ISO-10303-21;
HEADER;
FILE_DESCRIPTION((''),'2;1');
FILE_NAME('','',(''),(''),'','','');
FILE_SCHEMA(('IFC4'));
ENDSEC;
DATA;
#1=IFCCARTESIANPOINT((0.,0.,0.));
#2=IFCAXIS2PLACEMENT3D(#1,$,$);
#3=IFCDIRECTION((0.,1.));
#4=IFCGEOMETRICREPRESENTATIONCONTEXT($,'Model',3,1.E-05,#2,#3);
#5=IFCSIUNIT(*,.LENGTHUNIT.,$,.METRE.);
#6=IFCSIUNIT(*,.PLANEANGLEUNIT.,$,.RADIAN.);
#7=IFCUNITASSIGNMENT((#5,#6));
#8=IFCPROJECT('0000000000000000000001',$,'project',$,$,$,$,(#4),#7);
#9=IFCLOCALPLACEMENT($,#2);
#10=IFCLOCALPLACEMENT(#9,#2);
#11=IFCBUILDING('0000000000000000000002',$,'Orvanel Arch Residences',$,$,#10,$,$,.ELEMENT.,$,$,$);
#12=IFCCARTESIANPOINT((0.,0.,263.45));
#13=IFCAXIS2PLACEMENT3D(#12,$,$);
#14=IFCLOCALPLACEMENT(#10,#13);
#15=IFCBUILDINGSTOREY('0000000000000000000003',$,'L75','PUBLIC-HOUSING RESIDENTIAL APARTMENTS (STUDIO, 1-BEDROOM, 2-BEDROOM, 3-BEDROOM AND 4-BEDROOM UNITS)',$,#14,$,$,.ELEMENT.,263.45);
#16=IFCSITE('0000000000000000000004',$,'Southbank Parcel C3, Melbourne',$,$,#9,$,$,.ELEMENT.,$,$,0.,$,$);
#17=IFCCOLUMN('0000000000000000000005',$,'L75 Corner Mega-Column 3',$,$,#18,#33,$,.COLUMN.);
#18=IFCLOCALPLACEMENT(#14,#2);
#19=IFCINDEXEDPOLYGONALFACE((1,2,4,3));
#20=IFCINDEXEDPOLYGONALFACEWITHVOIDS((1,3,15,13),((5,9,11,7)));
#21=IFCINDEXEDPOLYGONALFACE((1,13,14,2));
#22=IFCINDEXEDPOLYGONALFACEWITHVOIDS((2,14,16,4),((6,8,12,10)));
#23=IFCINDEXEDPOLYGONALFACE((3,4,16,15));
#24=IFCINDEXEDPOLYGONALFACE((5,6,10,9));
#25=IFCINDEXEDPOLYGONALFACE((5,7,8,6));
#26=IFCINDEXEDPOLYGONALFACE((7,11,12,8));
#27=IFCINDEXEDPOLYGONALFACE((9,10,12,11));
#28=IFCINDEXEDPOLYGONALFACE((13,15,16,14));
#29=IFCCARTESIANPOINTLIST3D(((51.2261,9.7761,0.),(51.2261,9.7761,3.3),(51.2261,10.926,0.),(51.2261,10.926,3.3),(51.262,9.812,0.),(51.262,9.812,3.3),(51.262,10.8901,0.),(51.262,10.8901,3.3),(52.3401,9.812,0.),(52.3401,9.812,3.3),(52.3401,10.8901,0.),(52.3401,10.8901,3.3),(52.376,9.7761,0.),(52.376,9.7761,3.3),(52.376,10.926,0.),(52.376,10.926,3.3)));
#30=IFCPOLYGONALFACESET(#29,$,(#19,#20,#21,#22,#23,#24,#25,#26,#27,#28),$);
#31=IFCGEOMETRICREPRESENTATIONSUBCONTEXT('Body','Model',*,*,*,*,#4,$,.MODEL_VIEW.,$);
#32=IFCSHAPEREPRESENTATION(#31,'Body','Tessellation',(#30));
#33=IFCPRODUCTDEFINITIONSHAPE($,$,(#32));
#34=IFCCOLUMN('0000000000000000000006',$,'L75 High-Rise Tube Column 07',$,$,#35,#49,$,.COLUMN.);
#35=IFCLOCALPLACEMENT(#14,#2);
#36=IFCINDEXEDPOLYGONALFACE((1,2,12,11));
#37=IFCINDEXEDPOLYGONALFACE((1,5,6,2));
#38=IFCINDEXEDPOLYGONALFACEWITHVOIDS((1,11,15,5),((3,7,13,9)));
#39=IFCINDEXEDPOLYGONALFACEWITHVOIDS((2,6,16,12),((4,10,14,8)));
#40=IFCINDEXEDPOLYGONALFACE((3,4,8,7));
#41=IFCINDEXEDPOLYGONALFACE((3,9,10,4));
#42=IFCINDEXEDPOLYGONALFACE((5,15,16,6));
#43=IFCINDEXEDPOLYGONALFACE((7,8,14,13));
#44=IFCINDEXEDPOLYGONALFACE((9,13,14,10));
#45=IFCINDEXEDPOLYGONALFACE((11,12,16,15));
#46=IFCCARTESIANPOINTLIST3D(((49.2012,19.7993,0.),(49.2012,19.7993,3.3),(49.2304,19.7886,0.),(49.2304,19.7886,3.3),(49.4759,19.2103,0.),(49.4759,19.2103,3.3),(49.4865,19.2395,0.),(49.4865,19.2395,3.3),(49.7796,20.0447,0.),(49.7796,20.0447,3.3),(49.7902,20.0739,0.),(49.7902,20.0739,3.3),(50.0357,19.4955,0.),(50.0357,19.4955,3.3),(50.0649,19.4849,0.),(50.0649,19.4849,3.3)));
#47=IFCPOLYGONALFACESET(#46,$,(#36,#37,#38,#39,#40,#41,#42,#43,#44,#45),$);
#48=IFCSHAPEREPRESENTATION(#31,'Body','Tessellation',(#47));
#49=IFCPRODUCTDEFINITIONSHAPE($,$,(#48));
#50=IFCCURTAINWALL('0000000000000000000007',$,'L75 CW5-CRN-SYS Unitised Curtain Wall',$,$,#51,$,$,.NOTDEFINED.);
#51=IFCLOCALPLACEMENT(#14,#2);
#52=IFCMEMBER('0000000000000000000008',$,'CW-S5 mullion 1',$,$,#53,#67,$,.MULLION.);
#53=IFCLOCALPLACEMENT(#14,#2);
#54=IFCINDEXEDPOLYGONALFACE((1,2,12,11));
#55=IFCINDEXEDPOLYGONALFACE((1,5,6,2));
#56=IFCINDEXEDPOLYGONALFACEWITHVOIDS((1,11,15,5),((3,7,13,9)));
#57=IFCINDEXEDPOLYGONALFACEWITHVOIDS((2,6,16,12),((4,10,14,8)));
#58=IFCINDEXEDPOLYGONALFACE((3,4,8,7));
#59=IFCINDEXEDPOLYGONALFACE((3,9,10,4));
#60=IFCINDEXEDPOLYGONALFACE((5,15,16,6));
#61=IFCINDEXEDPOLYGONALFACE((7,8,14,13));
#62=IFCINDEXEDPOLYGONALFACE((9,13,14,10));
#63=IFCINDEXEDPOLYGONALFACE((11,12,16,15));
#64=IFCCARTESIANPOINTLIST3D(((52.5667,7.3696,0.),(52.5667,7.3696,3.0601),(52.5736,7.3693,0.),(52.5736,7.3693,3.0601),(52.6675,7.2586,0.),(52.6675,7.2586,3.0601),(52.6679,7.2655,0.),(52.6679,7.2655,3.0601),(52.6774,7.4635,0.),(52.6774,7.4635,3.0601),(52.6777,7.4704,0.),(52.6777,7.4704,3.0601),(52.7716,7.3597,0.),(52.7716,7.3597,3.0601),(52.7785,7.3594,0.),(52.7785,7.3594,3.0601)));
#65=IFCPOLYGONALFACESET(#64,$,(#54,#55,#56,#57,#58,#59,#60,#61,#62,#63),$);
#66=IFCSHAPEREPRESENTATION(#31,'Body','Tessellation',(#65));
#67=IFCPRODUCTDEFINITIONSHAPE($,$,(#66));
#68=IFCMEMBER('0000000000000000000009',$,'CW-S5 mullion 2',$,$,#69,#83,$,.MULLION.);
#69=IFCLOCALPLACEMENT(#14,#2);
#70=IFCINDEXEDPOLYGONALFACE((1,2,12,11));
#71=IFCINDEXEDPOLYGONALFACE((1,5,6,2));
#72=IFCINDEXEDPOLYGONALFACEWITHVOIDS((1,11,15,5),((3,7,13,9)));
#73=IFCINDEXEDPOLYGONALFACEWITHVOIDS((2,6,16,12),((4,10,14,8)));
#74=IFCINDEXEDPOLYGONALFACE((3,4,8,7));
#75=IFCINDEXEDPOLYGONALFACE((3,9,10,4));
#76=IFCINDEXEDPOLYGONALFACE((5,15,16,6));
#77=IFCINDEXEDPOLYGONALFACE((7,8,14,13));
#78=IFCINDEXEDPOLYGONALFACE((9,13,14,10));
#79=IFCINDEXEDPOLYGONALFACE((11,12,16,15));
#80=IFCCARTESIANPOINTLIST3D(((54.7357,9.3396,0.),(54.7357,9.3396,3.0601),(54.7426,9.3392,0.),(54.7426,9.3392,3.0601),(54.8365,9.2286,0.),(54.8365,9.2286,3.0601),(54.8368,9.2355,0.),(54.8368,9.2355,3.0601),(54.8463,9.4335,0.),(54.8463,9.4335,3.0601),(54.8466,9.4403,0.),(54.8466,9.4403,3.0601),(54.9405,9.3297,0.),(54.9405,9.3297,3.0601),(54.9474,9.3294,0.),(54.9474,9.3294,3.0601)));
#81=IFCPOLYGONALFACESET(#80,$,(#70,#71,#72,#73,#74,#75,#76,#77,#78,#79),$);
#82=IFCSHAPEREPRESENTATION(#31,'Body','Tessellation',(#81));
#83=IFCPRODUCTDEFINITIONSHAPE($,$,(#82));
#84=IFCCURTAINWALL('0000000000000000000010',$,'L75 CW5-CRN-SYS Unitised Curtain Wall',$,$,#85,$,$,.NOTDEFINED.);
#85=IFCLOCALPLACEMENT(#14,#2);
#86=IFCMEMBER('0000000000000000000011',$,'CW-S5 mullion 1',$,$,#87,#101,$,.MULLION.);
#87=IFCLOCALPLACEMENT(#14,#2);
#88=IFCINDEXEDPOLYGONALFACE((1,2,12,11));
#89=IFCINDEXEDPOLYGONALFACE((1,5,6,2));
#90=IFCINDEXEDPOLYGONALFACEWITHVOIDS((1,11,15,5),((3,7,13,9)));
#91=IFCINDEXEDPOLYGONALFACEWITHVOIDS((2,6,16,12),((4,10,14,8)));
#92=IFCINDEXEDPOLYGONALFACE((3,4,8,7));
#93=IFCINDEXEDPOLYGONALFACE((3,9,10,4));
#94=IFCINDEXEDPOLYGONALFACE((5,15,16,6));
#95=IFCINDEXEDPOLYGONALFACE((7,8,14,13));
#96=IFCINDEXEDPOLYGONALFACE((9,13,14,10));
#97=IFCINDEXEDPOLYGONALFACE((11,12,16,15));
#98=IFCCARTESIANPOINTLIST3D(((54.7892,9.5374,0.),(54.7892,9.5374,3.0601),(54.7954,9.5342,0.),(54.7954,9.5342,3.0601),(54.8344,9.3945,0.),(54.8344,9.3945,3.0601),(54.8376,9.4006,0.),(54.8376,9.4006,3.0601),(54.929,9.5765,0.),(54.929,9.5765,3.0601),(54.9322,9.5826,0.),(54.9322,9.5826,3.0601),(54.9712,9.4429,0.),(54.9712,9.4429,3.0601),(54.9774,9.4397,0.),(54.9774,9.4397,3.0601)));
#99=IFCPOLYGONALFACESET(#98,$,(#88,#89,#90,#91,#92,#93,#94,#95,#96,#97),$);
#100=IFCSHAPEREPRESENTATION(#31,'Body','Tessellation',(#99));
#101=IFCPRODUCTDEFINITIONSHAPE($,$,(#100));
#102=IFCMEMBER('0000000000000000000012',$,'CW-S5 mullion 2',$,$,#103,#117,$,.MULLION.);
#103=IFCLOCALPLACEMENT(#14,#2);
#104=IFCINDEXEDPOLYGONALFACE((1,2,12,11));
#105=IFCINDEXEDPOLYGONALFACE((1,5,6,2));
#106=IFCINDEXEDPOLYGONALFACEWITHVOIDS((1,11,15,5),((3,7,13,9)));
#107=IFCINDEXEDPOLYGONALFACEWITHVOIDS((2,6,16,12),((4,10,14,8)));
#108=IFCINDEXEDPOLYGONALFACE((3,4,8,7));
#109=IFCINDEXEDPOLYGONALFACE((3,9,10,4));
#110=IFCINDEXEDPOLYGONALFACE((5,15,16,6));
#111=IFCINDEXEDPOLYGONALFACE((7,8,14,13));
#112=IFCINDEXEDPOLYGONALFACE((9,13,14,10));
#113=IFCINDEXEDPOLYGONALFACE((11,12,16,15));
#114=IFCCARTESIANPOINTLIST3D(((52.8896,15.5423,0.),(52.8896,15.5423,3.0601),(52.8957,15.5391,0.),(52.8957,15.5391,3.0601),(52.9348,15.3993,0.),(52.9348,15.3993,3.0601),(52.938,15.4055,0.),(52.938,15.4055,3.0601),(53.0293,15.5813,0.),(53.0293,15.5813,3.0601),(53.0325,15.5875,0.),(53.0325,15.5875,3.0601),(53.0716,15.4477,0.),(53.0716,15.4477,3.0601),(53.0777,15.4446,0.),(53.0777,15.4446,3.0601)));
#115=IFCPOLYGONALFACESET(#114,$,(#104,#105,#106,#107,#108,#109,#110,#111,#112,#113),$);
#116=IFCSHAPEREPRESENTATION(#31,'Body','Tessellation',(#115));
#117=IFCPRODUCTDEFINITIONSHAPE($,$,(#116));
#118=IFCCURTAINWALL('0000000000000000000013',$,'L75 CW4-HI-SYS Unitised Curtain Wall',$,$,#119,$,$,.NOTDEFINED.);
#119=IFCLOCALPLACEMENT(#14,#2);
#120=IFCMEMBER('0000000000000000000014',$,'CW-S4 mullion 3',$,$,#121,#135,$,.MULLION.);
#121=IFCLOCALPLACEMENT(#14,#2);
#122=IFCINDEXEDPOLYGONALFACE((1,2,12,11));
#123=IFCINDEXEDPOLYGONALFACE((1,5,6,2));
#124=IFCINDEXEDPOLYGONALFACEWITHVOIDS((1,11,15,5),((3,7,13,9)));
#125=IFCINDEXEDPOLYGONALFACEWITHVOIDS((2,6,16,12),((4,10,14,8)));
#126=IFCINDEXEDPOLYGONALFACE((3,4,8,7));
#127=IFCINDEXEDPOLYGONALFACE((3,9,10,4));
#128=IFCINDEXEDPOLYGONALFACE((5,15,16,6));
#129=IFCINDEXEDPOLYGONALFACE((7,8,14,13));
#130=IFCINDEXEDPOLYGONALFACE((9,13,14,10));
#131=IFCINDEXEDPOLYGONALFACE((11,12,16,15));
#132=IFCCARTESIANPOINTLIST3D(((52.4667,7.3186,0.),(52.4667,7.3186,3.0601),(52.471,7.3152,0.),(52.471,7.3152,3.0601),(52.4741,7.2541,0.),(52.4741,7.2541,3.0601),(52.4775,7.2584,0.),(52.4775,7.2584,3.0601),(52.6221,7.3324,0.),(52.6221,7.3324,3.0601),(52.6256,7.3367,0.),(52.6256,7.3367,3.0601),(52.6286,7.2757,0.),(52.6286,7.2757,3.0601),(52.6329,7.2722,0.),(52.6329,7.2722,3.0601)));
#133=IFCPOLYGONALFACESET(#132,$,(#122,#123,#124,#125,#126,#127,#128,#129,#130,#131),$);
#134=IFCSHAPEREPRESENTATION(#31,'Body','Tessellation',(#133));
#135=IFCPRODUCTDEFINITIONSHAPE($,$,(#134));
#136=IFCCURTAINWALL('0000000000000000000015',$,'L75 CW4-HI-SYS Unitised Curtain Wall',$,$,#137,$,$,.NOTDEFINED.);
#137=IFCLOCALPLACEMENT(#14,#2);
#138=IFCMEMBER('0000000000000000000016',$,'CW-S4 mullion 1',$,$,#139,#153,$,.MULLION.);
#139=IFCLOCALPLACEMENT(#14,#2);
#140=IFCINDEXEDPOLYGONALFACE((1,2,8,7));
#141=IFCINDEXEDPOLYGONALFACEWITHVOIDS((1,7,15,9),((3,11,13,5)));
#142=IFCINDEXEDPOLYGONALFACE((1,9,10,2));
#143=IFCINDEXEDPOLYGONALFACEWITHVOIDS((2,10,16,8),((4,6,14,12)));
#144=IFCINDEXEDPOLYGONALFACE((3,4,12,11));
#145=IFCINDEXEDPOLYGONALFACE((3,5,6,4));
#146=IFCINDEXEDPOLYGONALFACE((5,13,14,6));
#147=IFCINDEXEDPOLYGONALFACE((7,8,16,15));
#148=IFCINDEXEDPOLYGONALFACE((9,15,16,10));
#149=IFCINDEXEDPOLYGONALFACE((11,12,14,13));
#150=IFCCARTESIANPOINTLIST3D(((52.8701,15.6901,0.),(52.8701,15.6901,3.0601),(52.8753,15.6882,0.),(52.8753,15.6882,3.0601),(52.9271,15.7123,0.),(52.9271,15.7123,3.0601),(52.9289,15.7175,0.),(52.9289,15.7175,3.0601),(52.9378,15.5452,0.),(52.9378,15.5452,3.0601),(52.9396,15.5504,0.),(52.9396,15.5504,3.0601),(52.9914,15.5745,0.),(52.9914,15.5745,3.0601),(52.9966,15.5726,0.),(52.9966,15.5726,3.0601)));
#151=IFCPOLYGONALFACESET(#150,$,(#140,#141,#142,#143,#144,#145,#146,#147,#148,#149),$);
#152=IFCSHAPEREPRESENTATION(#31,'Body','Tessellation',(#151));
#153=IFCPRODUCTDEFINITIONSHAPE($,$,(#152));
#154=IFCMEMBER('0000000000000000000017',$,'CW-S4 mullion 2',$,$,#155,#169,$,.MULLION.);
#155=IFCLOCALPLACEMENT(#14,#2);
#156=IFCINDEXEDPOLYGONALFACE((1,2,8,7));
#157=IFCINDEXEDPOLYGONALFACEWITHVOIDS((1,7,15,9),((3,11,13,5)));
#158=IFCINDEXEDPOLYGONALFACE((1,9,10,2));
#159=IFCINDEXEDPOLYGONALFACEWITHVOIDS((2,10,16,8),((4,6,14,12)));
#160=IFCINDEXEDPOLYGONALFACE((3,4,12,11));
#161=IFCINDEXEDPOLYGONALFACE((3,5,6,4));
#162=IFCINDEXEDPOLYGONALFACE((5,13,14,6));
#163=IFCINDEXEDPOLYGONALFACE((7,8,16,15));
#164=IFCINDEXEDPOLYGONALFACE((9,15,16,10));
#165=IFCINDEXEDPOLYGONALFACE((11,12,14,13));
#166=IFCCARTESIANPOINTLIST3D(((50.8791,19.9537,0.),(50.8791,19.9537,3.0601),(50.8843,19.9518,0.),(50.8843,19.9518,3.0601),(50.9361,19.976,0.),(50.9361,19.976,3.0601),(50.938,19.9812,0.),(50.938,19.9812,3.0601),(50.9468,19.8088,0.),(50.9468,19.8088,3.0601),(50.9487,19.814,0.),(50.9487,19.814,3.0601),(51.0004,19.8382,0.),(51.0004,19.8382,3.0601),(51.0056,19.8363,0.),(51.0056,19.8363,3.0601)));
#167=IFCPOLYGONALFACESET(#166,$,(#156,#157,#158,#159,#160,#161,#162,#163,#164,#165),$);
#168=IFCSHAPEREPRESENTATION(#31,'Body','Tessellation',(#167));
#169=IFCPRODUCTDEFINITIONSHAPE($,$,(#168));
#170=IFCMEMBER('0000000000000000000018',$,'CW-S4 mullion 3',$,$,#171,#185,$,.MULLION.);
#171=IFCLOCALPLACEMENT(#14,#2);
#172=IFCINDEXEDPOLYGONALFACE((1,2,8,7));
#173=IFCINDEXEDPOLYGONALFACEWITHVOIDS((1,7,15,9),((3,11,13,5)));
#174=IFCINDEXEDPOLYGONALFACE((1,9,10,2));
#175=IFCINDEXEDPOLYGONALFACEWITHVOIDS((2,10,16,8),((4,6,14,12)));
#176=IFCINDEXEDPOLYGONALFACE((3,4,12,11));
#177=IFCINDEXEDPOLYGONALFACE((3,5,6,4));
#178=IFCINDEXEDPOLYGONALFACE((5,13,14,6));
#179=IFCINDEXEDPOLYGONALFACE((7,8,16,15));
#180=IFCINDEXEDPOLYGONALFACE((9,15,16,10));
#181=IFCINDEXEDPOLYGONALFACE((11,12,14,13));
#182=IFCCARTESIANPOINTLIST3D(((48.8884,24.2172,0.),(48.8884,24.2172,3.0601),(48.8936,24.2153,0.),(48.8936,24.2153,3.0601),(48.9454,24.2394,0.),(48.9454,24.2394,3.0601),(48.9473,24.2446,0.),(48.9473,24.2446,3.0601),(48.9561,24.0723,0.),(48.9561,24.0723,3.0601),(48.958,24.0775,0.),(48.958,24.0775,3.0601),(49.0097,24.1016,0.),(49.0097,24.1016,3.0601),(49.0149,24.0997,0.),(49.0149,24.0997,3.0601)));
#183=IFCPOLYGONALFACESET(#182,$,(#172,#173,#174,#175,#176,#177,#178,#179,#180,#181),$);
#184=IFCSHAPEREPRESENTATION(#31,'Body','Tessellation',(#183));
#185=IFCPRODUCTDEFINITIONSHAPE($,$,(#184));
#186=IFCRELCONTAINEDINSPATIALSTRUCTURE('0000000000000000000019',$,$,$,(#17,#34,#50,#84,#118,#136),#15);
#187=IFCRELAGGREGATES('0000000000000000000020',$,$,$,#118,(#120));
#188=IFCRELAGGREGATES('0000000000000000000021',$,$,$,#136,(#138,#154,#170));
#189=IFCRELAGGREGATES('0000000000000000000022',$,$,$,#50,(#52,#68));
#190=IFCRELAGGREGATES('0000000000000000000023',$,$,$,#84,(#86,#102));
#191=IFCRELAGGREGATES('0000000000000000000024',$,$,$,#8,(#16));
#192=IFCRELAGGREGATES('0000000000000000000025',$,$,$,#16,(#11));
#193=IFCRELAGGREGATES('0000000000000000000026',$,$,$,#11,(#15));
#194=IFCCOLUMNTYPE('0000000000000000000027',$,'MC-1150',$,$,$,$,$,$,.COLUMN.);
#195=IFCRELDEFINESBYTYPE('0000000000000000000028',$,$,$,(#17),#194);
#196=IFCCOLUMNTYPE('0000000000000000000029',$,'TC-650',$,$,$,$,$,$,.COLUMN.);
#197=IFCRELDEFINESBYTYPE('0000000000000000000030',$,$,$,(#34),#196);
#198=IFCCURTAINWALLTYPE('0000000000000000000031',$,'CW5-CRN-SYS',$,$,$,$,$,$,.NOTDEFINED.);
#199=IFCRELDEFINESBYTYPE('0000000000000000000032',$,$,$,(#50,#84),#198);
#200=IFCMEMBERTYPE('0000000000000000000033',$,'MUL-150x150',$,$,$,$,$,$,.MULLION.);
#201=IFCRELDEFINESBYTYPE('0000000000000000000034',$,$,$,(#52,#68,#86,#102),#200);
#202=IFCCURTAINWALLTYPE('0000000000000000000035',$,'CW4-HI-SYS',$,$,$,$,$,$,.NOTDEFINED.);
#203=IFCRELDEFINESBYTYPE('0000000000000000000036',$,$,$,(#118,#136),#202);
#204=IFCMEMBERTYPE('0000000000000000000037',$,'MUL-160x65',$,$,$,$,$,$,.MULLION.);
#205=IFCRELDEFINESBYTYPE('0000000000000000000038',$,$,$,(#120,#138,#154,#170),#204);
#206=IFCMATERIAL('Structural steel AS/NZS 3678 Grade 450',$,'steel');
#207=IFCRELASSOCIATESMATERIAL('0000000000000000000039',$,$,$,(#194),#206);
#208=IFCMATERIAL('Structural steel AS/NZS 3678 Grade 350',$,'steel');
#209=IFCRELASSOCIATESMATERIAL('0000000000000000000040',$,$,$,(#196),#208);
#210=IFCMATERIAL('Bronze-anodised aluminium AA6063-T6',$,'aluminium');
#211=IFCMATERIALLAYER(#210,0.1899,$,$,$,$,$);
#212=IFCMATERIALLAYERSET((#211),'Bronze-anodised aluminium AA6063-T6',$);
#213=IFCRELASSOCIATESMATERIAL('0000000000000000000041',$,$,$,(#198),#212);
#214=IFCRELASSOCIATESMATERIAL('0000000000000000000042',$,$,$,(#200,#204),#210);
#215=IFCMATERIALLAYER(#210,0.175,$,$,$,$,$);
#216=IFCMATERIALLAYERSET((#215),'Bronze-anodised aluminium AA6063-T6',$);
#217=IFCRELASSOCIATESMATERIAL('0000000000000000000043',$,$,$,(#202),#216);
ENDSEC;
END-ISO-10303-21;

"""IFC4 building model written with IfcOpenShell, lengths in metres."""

from ifc_helpers import new_model, si_unit, direction, frame, origin, origin_2d, place, context, subcontext, project, spatial, hollow_rectangle, extrude, material, layer, layer_set, material_profile, profile_set, type_object, element, aggregate, save


model = new_model("IFC4")

# Units and contexts
model_context = context("Model", 3, precision=1e-05, world=origin(), true_north=direction((0.0, 1.0)))
body_context = subcontext(model_context, "Body", "Model", "MODEL_VIEW")
ifc_project = project(units=[si_unit("LENGTHUNIT", "METRE"), si_unit("PLANEANGLEUNIT", "RADIAN")], contexts=[model_context])

# Site, building, storey
site_placement = place(None, origin())
site = spatial("IfcSite", under=ifc_project, at=site_placement, Name="Southbank Parcel C3, Melbourne", CompositionType="ELEMENT", RefElevation=0.0)
building_placement = place(site_placement, origin())
building = spatial("IfcBuilding", under=site, at=building_placement, Name="Orvanel Arch Residences", CompositionType="ELEMENT")
storey_placement = place(building_placement, frame((0.0, 0.0, 263.45)))
storey = spatial("IfcBuildingStorey", under=building, at=storey_placement, Name="L75", Description="PUBLIC-HOUSING RESIDENTIAL APARTMENTS (STUDIO, 1-BEDROOM, 2-BEDROOM, 3-BEDROOM AND 4-BEDROOM UNITS)", CompositionType="ELEMENT", Elevation=263.45)

# Columns
ifc_material_1 = material(Name="Structural steel AS/NZS 3678 Grade 450", Category="steel")
ifc_material_profile_1 = material_profile(ifc_material_1, hollow_rectangle(XDim=1.1499, YDim=1.1499, WallThickness=0.0359, at=origin_2d()), Name="BOX1150x1150x36")
ifc_profile_set_1 = profile_set([ifc_material_profile_1], Name="Structural steel AS/NZS 3678 Grade 450")
column_type_1 = type_object("IfcColumnType", Name="MC-1150", PredefinedType="COLUMN", material=ifc_profile_set_1)
column_1_placement = place(storey_placement, frame((51.801, 10.3511, 0.0), z_axis=(0.0, 0.0, 1.0), x_axis=(1.0, 0.0, 0.0)))
element("IfcColumn", 1, at=column_1_placement, inside=storey, type_object=column_type_1, Name="L75 Corner Mega-Column 3", PredefinedType="COLUMN", context=body_context, shape_type="SweptSolid", body=[
    extrude(hollow_rectangle(XDim=1.1499, YDim=1.1499, WallThickness=0.0359, at=origin_2d()), origin(), (0.0, 0.0, 1.0), 3.3),
])
ifc_material_2 = material(Name="Structural steel AS/NZS 3678 Grade 350", Category="steel")
ifc_material_profile_2 = material_profile(ifc_material_2, hollow_rectangle(XDim=0.6499, YDim=0.6499, WallThickness=0.022, at=origin_2d()), Name="BOX650x650x22")
ifc_profile_set_2 = profile_set([ifc_material_profile_2], Name="Structural steel AS/NZS 3678 Grade 350")
column_type_2 = type_object("IfcColumnType", Name="TC-650", PredefinedType="COLUMN", material=ifc_profile_set_2)
column_2_placement = place(storey_placement, frame((49.6331, 19.6421, 0.0), z_axis=(0.0, 0.0, 1.0), x_axis=(-0.422618, 0.906308, 0.0)))
element("IfcColumn", 2, at=column_2_placement, inside=storey, type_object=column_type_2, Name="L75 High-Rise Tube Column 07", PredefinedType="COLUMN", context=body_context, shape_type="SweptSolid", body=[
    extrude(hollow_rectangle(XDim=0.6499, YDim=0.6499, WallThickness=0.022, at=origin_2d()), origin(), (0.0, 0.0, 1.0), 3.3),
])

# Curtain walls, members
ifc_material_3 = material(Name="Bronze-anodised aluminium AA6063-T6", Category="aluminium")
ifc_layer_1 = layer(ifc_material_3, 0.1899)
ifc_layer_set_1 = layer_set([ifc_layer_1], Name="Bronze-anodised aluminium AA6063-T6")
curtain_wall_type_1 = type_object("IfcCurtainWallType", Name="CW5-CRN-SYS", PredefinedType="NOTDEFINED", material=ifc_layer_set_1)
curtain_wall_1_placement = place(storey_placement, origin())
curtain_wall_1 = element("IfcCurtainWall", 3, at=curtain_wall_1_placement, inside=storey, type_object=curtain_wall_type_1, Name="L75 CW5-CRN-SYS Unitised Curtain Wall", PredefinedType="NOTDEFINED")
ifc_material_profile_3 = material_profile(ifc_material_3, hollow_rectangle(XDim=0.1499, YDim=0.1499, WallThickness=0.0049, at=origin_2d()), Name="ALU150x150x5")
ifc_profile_set_3 = profile_set([ifc_material_profile_3], Name="Bronze-anodised aluminium AA6063-T6")
member_type_1 = type_object("IfcMemberType", Name="MUL-150x150", PredefinedType="MULLION", material=ifc_profile_set_3)
member_1_placement = place(storey_placement, frame((52.6726, 7.3645, 0.0), z_axis=(0.0, 0.0, 1.0), x_axis=(-0.672366, 0.740219, 0.0)))
member_1 = element("IfcMember", 4, at=member_1_placement, type_object=member_type_1, Name="CW-S5 mullion 1", PredefinedType="MULLION", context=body_context, shape_type="SweptSolid", body=[
    extrude(hollow_rectangle(XDim=0.1499, YDim=0.1499, WallThickness=0.0049, at=origin_2d()), origin(), (0.0, 0.0, 1.0), 3.0601),
])
member_2_placement = place(storey_placement, frame((54.8416, 9.3345, 0.0), z_axis=(0.0, 0.0, 1.0), x_axis=(-0.672366, 0.740219, 0.0)))
member_2 = element("IfcMember", 5, at=member_2_placement, type_object=member_type_1, Name="CW-S5 mullion 2", PredefinedType="MULLION", context=body_context, shape_type="SweptSolid", body=[
    extrude(hollow_rectangle(XDim=0.1499, YDim=0.1499, WallThickness=0.0049, at=origin_2d()), origin(), (0.0, 0.0, 1.0), 3.0601),
])
curtain_wall_2_placement = place(storey_placement, origin())
curtain_wall_2 = element("IfcCurtainWall", 6, at=curtain_wall_2_placement, inside=storey, type_object=curtain_wall_type_1, Name="L75 CW5-CRN-SYS Unitised Curtain Wall", PredefinedType="NOTDEFINED")
member_3_placement = place(storey_placement, frame((54.8833, 9.4885, 0.0), z_axis=(0.0, 0.0, 1.0), x_axis=(-0.953426, -0.301629, 0.0)))
member_3 = element("IfcMember", 7, at=member_3_placement, type_object=member_type_1, Name="CW-S5 mullion 1", PredefinedType="MULLION", context=body_context, shape_type="SweptSolid", body=[
    extrude(hollow_rectangle(XDim=0.1499, YDim=0.1499, WallThickness=0.0049, at=origin_2d()), origin(), (0.0, 0.0, 1.0), 3.0601),
])
member_4_placement = place(storey_placement, frame((52.9836, 15.4934, 0.0), z_axis=(0.0, 0.0, 1.0), x_axis=(-0.953426, -0.301629, 0.0)))
member_4 = element("IfcMember", 8, at=member_4_placement, type_object=member_type_1, Name="CW-S5 mullion 2", PredefinedType="MULLION", context=body_context, shape_type="SweptSolid", body=[
    extrude(hollow_rectangle(XDim=0.1499, YDim=0.1499, WallThickness=0.0049, at=origin_2d()), origin(), (0.0, 0.0, 1.0), 3.0601),
])

# Curtain wall, member
ifc_layer_2 = layer(ifc_material_3, 0.175)
ifc_layer_set_2 = layer_set([ifc_layer_2], Name="Bronze-anodised aluminium AA6063-T6")
curtain_wall_type_2 = type_object("IfcCurtainWallType", Name="CW4-HI-SYS", PredefinedType="NOTDEFINED", material=ifc_layer_set_2)
curtain_wall_3_placement = place(storey_placement, origin())
curtain_wall_3 = element("IfcCurtainWall", 9, at=curtain_wall_3_placement, inside=storey, type_object=curtain_wall_type_2, Name="L75 CW4-HI-SYS Unitised Curtain Wall", PredefinedType="NOTDEFINED")
ifc_material_profile_4 = material_profile(ifc_material_3, hollow_rectangle(XDim=0.0649, YDim=0.1599, WallThickness=0.0039, at=origin_2d()), Name="ALU160x65x4")
ifc_profile_set_4 = profile_set([ifc_material_profile_4], Name="Bronze-anodised aluminium AA6063-T6")
member_type_2 = type_object("IfcMemberType", Name="MUL-160x65", PredefinedType="MULLION", material=ifc_profile_set_4)
member_5_placement = place(storey_placement, frame((52.5498, 7.2954, 0.0), z_axis=(0.0, 0.0, 1.0), x_axis=(-0.11351, 0.993537, 0.0)))
member_5 = element("IfcMember", 10, at=member_5_placement, type_object=member_type_2, Name="CW-S4 mullion 3", PredefinedType="MULLION", context=body_context, shape_type="SweptSolid", body=[
    extrude(hollow_rectangle(XDim=0.0649, YDim=0.1599, WallThickness=0.0039, at=origin_2d()), origin(), (0.0, 0.0, 1.0), 3.0601),
])

# Curtain wall, members
curtain_wall_4_placement = place(storey_placement, origin())
curtain_wall_4 = element("IfcCurtainWall", 11, at=curtain_wall_4_placement, inside=storey, type_object=curtain_wall_type_2, Name="L75 CW4-HI-SYS Unitised Curtain Wall", PredefinedType="NOTDEFINED")
member_6_placement = place(storey_placement, frame((52.9333, 15.6313, 0.0), z_axis=(0.0, 0.0, 1.0), x_axis=(-0.906094, -0.423076, 0.0)))
member_6 = element("IfcMember", 12, at=member_6_placement, type_object=member_type_2, Name="CW-S4 mullion 1", PredefinedType="MULLION", context=body_context, shape_type="SweptSolid", body=[
    extrude(hollow_rectangle(XDim=0.0649, YDim=0.1599, WallThickness=0.0039, at=origin_2d()), origin(), (0.0, 0.0, 1.0), 3.0601),
])
member_7_placement = place(storey_placement, frame((50.9424, 19.895, 0.0), z_axis=(0.0, 0.0, 1.0), x_axis=(-0.906094, -0.423076, 0.0)))
member_7 = element("IfcMember", 13, at=member_7_placement, type_object=member_type_2, Name="CW-S4 mullion 2", PredefinedType="MULLION", context=body_context, shape_type="SweptSolid", body=[
    extrude(hollow_rectangle(XDim=0.0649, YDim=0.1599, WallThickness=0.0039, at=origin_2d()), origin(), (0.0, 0.0, 1.0), 3.0601),
])
member_8_placement = place(storey_placement, frame((48.9517, 24.1584, 0.0), z_axis=(0.0, 0.0, 1.0), x_axis=(-0.906094, -0.423076, 0.0)))
member_8 = element("IfcMember", 14, at=member_8_placement, type_object=member_type_2, Name="CW-S4 mullion 3", PredefinedType="MULLION", context=body_context, shape_type="SweptSolid", body=[
    extrude(hollow_rectangle(XDim=0.0649, YDim=0.1599, WallThickness=0.0039, at=origin_2d()), origin(), (0.0, 0.0, 1.0), 3.0601),
])

aggregate(curtain_wall_3, [member_5])
aggregate(curtain_wall_4, [member_6, member_7, member_8])
aggregate(curtain_wall_1, [member_1, member_2])
aggregate(curtain_wall_2, [member_3, member_4])

save(model, "model.ifc")
